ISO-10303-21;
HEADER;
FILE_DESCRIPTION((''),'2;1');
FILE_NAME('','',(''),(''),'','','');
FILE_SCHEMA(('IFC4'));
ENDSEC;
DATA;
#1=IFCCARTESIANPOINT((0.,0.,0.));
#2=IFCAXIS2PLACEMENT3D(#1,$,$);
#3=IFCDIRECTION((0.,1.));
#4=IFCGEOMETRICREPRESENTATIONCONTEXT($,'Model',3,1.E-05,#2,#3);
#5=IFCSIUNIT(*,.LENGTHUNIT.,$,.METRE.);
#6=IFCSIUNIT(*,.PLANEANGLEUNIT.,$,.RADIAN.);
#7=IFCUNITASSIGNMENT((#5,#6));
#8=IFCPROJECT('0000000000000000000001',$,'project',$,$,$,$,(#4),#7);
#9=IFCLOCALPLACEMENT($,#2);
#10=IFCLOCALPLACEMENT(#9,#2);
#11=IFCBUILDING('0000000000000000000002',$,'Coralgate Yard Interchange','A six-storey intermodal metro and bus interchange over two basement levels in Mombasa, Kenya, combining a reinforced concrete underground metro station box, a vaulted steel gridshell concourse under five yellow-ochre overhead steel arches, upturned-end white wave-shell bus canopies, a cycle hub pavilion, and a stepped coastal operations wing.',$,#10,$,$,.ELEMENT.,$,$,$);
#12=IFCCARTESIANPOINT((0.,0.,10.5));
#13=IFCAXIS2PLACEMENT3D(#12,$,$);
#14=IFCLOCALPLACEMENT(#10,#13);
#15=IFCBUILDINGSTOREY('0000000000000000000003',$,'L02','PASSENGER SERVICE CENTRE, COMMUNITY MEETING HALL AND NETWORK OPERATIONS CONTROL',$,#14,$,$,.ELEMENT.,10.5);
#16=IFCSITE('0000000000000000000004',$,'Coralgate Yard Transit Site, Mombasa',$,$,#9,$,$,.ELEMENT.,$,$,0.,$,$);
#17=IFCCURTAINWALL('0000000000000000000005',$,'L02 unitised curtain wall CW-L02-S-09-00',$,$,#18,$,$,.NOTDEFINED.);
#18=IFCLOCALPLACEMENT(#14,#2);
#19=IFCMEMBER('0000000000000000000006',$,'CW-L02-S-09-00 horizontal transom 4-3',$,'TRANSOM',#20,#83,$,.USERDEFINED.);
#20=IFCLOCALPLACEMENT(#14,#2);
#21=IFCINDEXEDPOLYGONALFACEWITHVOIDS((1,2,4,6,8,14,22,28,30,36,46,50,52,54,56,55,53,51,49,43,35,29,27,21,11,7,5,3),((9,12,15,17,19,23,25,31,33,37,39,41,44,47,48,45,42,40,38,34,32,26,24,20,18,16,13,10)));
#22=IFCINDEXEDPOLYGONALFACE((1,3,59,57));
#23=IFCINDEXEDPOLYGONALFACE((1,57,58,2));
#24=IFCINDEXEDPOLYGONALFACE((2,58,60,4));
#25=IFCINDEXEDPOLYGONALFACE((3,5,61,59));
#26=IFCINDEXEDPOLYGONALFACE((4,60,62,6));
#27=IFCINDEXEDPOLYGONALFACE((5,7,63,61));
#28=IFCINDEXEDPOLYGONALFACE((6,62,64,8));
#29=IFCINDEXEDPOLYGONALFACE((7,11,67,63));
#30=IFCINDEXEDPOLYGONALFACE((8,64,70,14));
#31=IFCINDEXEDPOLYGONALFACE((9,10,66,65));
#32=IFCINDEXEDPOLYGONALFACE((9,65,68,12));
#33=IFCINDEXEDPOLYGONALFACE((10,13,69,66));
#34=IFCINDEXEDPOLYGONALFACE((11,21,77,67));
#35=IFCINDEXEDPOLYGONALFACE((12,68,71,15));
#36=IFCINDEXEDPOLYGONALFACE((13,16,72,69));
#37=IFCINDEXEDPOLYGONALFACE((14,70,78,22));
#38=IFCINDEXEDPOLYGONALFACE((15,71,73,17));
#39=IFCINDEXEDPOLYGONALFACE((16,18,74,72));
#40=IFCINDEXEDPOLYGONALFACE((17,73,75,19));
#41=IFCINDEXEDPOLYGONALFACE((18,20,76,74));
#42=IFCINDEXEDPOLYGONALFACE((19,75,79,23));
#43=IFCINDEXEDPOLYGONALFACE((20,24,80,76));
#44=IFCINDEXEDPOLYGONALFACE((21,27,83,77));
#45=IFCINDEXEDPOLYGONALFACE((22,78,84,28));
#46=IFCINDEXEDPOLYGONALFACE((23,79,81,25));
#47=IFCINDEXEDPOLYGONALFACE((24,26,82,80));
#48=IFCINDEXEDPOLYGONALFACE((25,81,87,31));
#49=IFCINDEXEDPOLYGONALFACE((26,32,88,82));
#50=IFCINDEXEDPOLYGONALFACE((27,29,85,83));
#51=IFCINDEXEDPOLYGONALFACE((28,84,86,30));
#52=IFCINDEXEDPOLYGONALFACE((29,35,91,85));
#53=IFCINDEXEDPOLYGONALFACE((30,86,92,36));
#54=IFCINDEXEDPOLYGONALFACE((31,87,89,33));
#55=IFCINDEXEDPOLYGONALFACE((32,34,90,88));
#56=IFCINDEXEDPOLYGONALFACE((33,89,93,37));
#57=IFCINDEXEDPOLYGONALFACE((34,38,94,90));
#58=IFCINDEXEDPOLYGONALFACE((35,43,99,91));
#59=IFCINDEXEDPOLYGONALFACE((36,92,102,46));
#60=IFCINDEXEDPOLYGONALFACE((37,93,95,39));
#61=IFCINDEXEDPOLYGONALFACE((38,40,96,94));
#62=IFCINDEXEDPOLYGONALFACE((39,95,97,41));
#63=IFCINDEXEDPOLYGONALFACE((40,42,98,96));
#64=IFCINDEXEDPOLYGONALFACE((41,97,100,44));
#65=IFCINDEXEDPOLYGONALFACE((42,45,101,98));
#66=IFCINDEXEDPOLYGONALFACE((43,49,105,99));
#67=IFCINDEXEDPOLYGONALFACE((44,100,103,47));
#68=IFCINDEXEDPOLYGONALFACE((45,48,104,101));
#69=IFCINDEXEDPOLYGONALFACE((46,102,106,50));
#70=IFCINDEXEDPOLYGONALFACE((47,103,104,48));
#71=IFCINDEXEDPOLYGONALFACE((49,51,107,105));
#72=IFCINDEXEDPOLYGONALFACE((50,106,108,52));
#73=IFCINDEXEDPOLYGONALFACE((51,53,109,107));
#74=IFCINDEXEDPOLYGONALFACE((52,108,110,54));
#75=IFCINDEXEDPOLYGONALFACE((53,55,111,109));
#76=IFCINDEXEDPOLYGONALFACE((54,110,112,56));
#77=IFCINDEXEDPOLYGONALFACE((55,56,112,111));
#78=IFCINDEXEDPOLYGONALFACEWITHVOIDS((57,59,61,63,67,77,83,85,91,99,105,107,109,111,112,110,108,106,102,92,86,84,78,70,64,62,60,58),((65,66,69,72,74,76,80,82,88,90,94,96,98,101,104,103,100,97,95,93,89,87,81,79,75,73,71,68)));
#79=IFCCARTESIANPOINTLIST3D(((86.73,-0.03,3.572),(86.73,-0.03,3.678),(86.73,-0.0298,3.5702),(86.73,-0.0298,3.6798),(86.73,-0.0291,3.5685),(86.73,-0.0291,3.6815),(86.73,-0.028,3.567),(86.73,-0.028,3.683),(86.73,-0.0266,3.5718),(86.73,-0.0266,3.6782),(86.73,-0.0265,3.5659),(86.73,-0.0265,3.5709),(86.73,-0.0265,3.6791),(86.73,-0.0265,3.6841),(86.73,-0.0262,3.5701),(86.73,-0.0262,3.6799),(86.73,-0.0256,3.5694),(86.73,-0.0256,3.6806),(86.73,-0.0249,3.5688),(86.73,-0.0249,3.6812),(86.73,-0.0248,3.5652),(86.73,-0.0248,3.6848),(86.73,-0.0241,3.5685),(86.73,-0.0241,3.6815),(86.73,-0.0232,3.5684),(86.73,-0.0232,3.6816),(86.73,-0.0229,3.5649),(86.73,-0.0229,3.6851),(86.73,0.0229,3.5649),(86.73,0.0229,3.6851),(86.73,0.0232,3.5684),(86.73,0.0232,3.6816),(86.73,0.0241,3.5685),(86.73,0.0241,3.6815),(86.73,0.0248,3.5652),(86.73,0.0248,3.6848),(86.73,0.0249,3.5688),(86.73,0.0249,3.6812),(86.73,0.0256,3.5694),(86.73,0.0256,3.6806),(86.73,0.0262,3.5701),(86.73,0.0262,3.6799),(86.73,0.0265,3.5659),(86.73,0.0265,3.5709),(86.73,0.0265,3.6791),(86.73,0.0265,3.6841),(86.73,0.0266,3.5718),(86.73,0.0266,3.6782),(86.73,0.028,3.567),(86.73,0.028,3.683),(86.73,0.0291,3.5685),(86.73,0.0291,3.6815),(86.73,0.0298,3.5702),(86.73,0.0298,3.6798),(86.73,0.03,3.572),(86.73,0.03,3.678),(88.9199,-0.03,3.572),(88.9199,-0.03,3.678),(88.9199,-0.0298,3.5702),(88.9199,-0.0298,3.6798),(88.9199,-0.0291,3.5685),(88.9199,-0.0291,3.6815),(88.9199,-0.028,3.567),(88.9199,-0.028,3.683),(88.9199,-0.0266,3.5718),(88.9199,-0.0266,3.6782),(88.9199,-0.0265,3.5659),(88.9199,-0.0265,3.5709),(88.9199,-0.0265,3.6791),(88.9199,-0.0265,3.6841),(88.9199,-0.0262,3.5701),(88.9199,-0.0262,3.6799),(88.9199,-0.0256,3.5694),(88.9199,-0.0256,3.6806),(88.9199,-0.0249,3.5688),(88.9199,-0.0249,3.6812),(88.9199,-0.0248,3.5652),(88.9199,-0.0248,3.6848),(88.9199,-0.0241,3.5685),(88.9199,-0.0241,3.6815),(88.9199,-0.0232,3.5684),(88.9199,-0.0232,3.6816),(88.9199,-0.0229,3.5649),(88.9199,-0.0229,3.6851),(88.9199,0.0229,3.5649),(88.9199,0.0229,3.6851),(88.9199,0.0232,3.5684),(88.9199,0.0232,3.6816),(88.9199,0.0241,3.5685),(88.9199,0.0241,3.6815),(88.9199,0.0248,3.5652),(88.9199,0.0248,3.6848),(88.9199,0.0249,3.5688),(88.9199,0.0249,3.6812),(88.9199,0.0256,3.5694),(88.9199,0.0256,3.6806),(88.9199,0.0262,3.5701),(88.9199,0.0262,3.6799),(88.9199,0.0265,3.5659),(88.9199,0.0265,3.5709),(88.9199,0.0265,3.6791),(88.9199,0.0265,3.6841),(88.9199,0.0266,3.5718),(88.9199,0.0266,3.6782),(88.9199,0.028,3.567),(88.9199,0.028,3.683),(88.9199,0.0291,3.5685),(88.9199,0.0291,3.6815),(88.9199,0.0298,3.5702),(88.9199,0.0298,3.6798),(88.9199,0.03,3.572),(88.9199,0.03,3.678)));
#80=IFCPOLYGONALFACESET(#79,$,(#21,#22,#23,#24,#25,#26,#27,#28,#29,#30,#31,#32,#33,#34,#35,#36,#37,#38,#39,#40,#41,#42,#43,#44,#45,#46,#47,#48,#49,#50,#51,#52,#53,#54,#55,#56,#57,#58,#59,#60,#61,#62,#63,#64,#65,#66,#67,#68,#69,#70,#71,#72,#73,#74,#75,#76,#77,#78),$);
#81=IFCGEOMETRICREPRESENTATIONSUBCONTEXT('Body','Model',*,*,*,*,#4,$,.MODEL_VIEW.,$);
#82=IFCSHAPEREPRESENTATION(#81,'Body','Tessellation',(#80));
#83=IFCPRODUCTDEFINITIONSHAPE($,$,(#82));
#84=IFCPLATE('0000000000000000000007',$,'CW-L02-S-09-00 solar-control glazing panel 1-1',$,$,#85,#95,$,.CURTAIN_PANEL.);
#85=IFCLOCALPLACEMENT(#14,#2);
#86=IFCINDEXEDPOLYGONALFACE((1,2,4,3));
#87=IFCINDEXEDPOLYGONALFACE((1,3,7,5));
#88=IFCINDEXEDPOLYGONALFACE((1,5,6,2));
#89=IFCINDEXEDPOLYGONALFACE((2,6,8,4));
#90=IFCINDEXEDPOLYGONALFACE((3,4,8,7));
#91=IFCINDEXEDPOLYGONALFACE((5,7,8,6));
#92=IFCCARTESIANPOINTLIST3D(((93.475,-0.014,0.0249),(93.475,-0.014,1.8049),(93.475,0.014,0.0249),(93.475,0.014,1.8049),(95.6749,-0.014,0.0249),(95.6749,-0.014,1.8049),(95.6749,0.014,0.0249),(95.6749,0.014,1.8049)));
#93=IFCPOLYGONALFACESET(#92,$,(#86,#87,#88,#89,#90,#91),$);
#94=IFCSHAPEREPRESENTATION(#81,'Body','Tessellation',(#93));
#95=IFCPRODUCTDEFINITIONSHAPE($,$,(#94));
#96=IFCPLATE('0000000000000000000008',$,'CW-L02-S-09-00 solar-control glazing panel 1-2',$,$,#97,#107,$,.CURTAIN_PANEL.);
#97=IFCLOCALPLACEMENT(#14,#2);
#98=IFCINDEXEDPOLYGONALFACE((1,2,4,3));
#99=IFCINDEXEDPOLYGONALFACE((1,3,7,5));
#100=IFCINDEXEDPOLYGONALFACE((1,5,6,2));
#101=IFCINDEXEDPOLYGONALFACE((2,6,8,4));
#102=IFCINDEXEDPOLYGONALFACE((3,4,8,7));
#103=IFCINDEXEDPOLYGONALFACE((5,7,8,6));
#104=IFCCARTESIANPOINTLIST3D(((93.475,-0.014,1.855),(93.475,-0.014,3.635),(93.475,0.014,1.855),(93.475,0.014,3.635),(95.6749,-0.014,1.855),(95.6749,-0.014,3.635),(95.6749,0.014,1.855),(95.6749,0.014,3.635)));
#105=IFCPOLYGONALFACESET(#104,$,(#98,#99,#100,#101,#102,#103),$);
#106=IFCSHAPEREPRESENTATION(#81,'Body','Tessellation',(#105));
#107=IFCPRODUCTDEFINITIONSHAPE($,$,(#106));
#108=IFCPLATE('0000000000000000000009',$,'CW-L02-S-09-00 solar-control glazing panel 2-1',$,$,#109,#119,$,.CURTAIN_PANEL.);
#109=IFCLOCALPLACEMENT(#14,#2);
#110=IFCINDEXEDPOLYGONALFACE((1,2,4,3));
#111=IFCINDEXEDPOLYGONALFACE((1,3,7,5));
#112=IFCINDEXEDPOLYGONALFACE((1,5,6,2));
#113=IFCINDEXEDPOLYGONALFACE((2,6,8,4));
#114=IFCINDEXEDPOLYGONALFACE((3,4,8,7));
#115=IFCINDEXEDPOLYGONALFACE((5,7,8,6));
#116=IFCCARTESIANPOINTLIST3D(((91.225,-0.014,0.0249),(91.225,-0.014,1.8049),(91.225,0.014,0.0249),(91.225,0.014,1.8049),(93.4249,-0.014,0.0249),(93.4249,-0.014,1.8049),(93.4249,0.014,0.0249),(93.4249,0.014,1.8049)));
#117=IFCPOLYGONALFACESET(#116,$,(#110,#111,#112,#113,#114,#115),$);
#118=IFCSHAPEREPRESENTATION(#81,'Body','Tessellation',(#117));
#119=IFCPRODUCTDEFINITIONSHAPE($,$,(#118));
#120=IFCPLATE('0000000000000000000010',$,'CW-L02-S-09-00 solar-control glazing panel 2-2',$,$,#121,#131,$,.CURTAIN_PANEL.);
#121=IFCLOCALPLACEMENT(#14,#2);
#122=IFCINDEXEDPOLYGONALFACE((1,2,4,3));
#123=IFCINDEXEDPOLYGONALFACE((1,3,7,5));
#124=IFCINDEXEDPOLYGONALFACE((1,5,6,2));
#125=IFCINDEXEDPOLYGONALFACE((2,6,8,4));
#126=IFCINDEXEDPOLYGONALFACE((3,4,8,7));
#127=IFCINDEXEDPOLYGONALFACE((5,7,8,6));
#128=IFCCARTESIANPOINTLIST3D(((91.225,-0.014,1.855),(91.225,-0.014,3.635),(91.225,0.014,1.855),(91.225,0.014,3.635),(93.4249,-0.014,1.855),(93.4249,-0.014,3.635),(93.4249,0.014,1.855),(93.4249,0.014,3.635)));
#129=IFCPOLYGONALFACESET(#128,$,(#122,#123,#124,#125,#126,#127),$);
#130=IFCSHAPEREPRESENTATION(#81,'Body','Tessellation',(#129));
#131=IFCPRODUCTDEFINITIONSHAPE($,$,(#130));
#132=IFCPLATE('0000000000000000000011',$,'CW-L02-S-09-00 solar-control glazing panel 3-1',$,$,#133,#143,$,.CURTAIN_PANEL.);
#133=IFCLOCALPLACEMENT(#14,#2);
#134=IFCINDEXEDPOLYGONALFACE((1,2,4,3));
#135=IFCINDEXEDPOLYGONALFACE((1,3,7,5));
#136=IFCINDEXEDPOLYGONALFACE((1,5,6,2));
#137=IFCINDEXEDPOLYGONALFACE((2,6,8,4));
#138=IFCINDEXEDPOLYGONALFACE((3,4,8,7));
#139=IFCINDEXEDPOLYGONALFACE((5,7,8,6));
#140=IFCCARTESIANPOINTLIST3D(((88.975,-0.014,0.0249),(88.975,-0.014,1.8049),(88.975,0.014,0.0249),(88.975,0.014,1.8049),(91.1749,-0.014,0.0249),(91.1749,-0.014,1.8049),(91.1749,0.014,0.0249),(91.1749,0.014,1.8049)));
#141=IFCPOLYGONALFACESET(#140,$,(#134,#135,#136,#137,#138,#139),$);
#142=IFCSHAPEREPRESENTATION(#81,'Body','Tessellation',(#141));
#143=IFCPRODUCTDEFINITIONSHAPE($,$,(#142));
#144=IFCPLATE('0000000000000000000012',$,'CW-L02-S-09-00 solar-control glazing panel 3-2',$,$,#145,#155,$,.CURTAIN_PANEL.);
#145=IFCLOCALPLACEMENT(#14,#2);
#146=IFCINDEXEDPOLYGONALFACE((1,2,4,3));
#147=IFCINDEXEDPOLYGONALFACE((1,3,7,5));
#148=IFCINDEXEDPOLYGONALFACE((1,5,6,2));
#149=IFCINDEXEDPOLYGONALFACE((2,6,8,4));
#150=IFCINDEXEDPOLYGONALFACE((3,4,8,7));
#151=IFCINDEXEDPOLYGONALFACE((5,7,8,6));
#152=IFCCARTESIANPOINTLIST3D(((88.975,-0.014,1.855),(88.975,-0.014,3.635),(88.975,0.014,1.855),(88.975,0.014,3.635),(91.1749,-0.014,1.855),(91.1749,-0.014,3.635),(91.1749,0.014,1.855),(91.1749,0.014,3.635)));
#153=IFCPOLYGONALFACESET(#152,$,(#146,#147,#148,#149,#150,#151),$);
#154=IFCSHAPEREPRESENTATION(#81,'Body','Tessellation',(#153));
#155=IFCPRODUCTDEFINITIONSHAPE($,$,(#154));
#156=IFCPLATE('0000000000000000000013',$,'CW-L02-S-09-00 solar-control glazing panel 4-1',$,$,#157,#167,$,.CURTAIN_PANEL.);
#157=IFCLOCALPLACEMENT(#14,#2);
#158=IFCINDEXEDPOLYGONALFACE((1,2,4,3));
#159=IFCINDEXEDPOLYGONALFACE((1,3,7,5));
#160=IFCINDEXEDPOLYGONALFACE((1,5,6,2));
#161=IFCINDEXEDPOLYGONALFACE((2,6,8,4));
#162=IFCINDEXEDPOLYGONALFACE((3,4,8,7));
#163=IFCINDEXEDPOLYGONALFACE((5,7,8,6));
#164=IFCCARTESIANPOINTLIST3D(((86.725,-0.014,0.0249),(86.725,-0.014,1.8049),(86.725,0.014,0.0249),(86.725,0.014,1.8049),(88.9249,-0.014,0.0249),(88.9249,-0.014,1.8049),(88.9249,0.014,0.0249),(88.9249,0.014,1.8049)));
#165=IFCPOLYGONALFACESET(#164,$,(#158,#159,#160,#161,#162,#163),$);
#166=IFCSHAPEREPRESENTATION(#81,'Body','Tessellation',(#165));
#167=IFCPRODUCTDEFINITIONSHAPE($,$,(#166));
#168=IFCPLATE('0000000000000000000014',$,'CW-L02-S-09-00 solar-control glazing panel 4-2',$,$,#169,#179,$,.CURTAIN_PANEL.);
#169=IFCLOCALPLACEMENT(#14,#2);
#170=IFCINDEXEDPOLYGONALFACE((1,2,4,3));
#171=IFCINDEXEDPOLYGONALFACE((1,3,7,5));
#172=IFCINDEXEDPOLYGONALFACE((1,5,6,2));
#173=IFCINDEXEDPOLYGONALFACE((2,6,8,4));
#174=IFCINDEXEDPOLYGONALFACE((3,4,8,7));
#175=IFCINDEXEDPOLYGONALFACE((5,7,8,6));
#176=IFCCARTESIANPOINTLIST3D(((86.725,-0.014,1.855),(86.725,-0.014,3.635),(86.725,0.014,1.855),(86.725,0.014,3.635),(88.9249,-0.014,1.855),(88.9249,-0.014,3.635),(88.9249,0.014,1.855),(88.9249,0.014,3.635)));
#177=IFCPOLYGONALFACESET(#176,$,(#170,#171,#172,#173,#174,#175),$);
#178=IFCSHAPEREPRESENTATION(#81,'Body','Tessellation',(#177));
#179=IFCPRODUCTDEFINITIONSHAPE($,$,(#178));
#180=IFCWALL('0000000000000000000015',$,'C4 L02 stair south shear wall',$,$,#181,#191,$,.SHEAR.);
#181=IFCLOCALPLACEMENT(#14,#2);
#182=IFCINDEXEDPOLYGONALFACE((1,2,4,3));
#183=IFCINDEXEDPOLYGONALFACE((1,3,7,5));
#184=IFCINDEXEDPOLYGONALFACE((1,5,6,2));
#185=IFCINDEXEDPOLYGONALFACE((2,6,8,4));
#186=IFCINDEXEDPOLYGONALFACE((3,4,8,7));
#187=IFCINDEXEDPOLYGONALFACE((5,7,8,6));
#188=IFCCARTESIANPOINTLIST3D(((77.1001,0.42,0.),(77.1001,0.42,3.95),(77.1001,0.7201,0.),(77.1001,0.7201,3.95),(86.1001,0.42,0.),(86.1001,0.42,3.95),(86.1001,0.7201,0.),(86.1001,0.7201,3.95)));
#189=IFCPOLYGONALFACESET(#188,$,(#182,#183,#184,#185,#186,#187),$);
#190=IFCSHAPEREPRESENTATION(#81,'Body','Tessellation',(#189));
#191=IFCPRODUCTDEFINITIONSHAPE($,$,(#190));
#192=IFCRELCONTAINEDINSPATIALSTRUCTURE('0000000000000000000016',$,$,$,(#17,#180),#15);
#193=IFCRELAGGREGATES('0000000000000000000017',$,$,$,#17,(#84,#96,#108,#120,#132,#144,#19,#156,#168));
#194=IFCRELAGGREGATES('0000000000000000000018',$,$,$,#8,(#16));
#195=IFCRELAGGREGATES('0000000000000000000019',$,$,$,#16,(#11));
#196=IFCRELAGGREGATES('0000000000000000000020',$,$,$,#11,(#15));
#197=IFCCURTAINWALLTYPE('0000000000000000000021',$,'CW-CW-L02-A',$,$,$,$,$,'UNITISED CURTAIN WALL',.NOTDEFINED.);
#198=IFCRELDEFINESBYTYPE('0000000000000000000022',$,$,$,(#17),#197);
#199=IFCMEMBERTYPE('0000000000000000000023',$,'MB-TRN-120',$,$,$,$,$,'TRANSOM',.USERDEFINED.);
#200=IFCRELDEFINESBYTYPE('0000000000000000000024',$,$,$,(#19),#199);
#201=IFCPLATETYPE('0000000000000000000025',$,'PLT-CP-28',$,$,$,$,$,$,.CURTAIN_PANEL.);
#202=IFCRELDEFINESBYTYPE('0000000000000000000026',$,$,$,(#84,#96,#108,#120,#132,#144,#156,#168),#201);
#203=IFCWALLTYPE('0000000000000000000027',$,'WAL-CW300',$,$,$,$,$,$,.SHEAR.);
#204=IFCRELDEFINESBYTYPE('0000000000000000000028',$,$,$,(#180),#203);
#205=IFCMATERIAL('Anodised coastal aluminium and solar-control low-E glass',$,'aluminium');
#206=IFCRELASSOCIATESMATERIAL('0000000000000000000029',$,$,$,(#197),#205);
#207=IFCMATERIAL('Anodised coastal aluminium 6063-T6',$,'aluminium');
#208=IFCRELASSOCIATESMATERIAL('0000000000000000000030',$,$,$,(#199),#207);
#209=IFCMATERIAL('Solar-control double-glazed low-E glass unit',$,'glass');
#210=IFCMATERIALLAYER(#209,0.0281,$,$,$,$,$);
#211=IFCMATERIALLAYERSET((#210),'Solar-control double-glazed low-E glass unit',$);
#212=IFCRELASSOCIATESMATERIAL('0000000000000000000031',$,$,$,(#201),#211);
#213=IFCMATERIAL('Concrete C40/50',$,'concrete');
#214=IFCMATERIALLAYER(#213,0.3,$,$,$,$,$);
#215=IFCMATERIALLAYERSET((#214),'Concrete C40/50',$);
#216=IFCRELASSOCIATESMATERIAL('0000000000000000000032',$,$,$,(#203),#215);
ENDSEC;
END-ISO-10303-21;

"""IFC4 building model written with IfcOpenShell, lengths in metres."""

from ifc_helpers import new_model, si_unit, direction, frame, frame_2d, origin, origin_2d, place, context, subcontext, project, spatial, rectangle, hollow_rectangle, extrude, material, layer, layer_set, material_profile, profile_set, type_object, element, aggregate, save


model = new_model("IFC4")

# Units and contexts
model_context = context("Model", 3, precision=1e-05, world=origin(), true_north=direction((0.0, 1.0)))
body_context = subcontext(model_context, "Body", "Model", "MODEL_VIEW")
ifc_project = project(units=[si_unit("LENGTHUNIT", "METRE"), si_unit("PLANEANGLEUNIT", "RADIAN")], contexts=[model_context])

# Site, building, storey
site_placement = place(None, origin())
site = spatial("IfcSite", under=ifc_project, at=site_placement, Name="Coralgate Yard Transit Site, Mombasa", CompositionType="ELEMENT", RefElevation=0.0)
building_placement = place(site_placement, origin())
building = spatial("IfcBuilding", under=site, at=building_placement, Name="Coralgate Yard Interchange", Description="A six-storey intermodal metro and bus interchange over two basement levels in Mombasa, Kenya, combining a reinforced concrete underground metro station box, a vaulted steel gridshell concourse under five yellow-ochre overhead steel arches, upturned-end white wave-shell bus canopies, a cycle hub pavilion, and a stepped coastal operations wing.", CompositionType="ELEMENT")
storey_placement = place(building_placement, frame((0.0, 0.0, 10.5)))
storey = spatial("IfcBuildingStorey", under=building, at=storey_placement, Name="L02", Description="PASSENGER SERVICE CENTRE, COMMUNITY MEETING HALL AND NETWORK OPERATIONS CONTROL", CompositionType="ELEMENT", Elevation=10.5)

# Curtain wall, member, plates
ifc_material_1 = material(Name="Anodised coastal aluminium and solar-control low-E glass", Category="aluminium")
curtain_wall_type = type_object("IfcCurtainWallType", Name="CW-CW-L02-A", ElementType="UNITISED CURTAIN WALL", PredefinedType="NOTDEFINED", material=ifc_material_1)
curtain_wall_placement = place(storey_placement, origin())
curtain_wall = element("IfcCurtainWall", 1, at=curtain_wall_placement, inside=storey, type_object=curtain_wall_type, Name="L02 unitised curtain wall CW-L02-S-09-00", PredefinedType="NOTDEFINED")
ifc_material_2 = material(Name="Anodised coastal aluminium 6063-T6", Category="aluminium")
ifc_material_profile_1 = material_profile(ifc_material_2, hollow_rectangle(XDim=0.0601, YDim=0.1201, WallThickness=0.0034, InnerFilletRadius=0.0034, OuterFilletRadius=0.0071, at=origin_2d()), Name="ALU 60x120x3.5")
ifc_profile_set_1 = profile_set([ifc_material_profile_1], Name="Anodised coastal aluminium 6063-T6")
member_type_1 = type_object("IfcMemberType", Name="MB-TRN-120", ElementType="TRANSOM", PredefinedType="USERDEFINED", material=ifc_profile_set_1)
member_1_placement = place(storey_placement, frame((88.9199, 0.0, 3.625), z_axis=(-1.0, 0.0, 0.0), x_axis=(0.0, -1.0, 0.0)))
member_1 = element("IfcMember", 2, at=member_1_placement, type_object=member_type_1, Name="CW-L02-S-09-00 horizontal transom 4-3", ObjectType="TRANSOM", PredefinedType="USERDEFINED", context=body_context, shape_type="SweptSolid", body=[
    extrude(hollow_rectangle(XDim=0.0601, YDim=0.1201, WallThickness=0.0034, InnerFilletRadius=0.0034, OuterFilletRadius=0.0071, at=origin_2d()), origin(), (0.0, 0.0, 1.0), 2.1899),
])
ifc_material_3 = material(Name="Solar-control double-glazed low-E glass unit", Category="glass")
ifc_layer_1 = layer(ifc_material_3, 0.0281)
ifc_layer_set_1 = layer_set([ifc_layer_1], Name="Solar-control double-glazed low-E glass unit")
plate_type = type_object("IfcPlateType", Name="PLT-CP-28", PredefinedType="CURTAIN_PANEL", material=ifc_layer_set_1)
plate_1_placement = place(storey_placement, frame((94.575, 0.0, 0.0249), z_axis=(0.0, 0.0, 1.0), x_axis=(-1.0, 0.0, 0.0)))
plate_1 = element("IfcPlate", 3, at=plate_1_placement, type_object=plate_type, Name="CW-L02-S-09-00 solar-control glazing panel 1-1", PredefinedType="CURTAIN_PANEL", context=body_context, shape_type="SweptSolid", body=[
    extrude(rectangle(XDim=2.2, YDim=0.0281, at=origin_2d()), origin(), (0.0, 0.0, 1.0), 1.78),
])
plate_2_placement = place(storey_placement, frame((94.575, 0.0, 1.855), z_axis=(0.0, 0.0, 1.0), x_axis=(-1.0, 0.0, 0.0)))
plate_2 = element("IfcPlate", 4, at=plate_2_placement, type_object=plate_type, Name="CW-L02-S-09-00 solar-control glazing panel 1-2", PredefinedType="CURTAIN_PANEL", context=body_context, shape_type="SweptSolid", body=[
    extrude(rectangle(XDim=2.2, YDim=0.0281, at=origin_2d()), origin(), (0.0, 0.0, 1.0), 1.78),
])
plate_3_placement = place(storey_placement, frame((92.325, 0.0, 0.0249), z_axis=(0.0, 0.0, 1.0), x_axis=(-1.0, 0.0, 0.0)))
plate_3 = element("IfcPlate", 5, at=plate_3_placement, type_object=plate_type, Name="CW-L02-S-09-00 solar-control glazing panel 2-1", PredefinedType="CURTAIN_PANEL", context=body_context, shape_type="SweptSolid", body=[
    extrude(rectangle(XDim=2.2, YDim=0.0281, at=origin_2d()), origin(), (0.0, 0.0, 1.0), 1.78),
])
plate_4_placement = place(storey_placement, frame((92.325, 0.0, 1.855), z_axis=(0.0, 0.0, 1.0), x_axis=(-1.0, 0.0, 0.0)))
plate_4 = element("IfcPlate", 6, at=plate_4_placement, type_object=plate_type, Name="CW-L02-S-09-00 solar-control glazing panel 2-2", PredefinedType="CURTAIN_PANEL", context=body_context, shape_type="SweptSolid", body=[
    extrude(rectangle(XDim=2.2, YDim=0.0281, at=origin_2d()), origin(), (0.0, 0.0, 1.0), 1.78),
])
plate_5_placement = place(storey_placement, frame((90.075, 0.0, 0.0249), z_axis=(0.0, 0.0, 1.0), x_axis=(-1.0, 0.0, 0.0)))
plate_5 = element("IfcPlate", 7, at=plate_5_placement, type_object=plate_type, Name="CW-L02-S-09-00 solar-control glazing panel 3-1", PredefinedType="CURTAIN_PANEL", context=body_context, shape_type="SweptSolid", body=[
    extrude(rectangle(XDim=2.2, YDim=0.0281, at=origin_2d()), origin(), (0.0, 0.0, 1.0), 1.78),
])
plate_6_placement = place(storey_placement, frame((90.075, 0.0, 1.855), z_axis=(0.0, 0.0, 1.0), x_axis=(-1.0, 0.0, 0.0)))
plate_6 = element("IfcPlate", 8, at=plate_6_placement, type_object=plate_type, Name="CW-L02-S-09-00 solar-control glazing panel 3-2", PredefinedType="CURTAIN_PANEL", context=body_context, shape_type="SweptSolid", body=[
    extrude(rectangle(XDim=2.2, YDim=0.0281, at=origin_2d()), origin(), (0.0, 0.0, 1.0), 1.78),
])
plate_7_placement = place(storey_placement, frame((87.825, 0.0, 0.0249), z_axis=(0.0, 0.0, 1.0), x_axis=(-1.0, 0.0, 0.0)))
plate_7 = element("IfcPlate", 9, at=plate_7_placement, type_object=plate_type, Name="CW-L02-S-09-00 solar-control glazing panel 4-1", PredefinedType="CURTAIN_PANEL", context=body_context, shape_type="SweptSolid", body=[
    extrude(rectangle(XDim=2.2, YDim=0.0281, at=origin_2d()), origin(), (0.0, 0.0, 1.0), 1.78),
])
plate_8_placement = place(storey_placement, frame((87.825, 0.0, 1.855), z_axis=(0.0, 0.0, 1.0), x_axis=(-1.0, 0.0, 0.0)))
plate_8 = element("IfcPlate", 10, at=plate_8_placement, type_object=plate_type, Name="CW-L02-S-09-00 solar-control glazing panel 4-2", PredefinedType="CURTAIN_PANEL", context=body_context, shape_type="SweptSolid", body=[
    extrude(rectangle(XDim=2.2, YDim=0.0281, at=origin_2d()), origin(), (0.0, 0.0, 1.0), 1.78),
])
aggregate(curtain_wall, [plate_1, plate_2, plate_3, plate_4, plate_5, plate_6, member_1, plate_7, plate_8])

# Wall
ifc_material_4 = material(Name="Concrete C40/50", Category="concrete")
ifc_layer_2 = layer(ifc_material_4, 0.3)
ifc_layer_set_2 = layer_set([ifc_layer_2], Name="Concrete C40/50")
wall_type_1 = type_object("IfcWallType", Name="WAL-CW300", PredefinedType="SHEAR", material=ifc_layer_set_2)
wall_1_placement = place(storey_placement, frame((77.1001, 0.5701, 0.0), z_axis=(0.0, 0.0, 1.0), x_axis=(1.0, 0.0, 0.0)))
element("IfcWall", 11, at=wall_1_placement, inside=storey, type_object=wall_type_1, Name="C4 L02 stair south shear wall", PredefinedType="SHEAR", context=body_context, shape_type="SweptSolid", body=[
    extrude(rectangle(XDim=9.0, YDim=0.3, at=frame_2d((4.5, 0.0))), origin(), (0.0, 0.0, 1.0), 3.95),
])

save(model, "model.ifc")
